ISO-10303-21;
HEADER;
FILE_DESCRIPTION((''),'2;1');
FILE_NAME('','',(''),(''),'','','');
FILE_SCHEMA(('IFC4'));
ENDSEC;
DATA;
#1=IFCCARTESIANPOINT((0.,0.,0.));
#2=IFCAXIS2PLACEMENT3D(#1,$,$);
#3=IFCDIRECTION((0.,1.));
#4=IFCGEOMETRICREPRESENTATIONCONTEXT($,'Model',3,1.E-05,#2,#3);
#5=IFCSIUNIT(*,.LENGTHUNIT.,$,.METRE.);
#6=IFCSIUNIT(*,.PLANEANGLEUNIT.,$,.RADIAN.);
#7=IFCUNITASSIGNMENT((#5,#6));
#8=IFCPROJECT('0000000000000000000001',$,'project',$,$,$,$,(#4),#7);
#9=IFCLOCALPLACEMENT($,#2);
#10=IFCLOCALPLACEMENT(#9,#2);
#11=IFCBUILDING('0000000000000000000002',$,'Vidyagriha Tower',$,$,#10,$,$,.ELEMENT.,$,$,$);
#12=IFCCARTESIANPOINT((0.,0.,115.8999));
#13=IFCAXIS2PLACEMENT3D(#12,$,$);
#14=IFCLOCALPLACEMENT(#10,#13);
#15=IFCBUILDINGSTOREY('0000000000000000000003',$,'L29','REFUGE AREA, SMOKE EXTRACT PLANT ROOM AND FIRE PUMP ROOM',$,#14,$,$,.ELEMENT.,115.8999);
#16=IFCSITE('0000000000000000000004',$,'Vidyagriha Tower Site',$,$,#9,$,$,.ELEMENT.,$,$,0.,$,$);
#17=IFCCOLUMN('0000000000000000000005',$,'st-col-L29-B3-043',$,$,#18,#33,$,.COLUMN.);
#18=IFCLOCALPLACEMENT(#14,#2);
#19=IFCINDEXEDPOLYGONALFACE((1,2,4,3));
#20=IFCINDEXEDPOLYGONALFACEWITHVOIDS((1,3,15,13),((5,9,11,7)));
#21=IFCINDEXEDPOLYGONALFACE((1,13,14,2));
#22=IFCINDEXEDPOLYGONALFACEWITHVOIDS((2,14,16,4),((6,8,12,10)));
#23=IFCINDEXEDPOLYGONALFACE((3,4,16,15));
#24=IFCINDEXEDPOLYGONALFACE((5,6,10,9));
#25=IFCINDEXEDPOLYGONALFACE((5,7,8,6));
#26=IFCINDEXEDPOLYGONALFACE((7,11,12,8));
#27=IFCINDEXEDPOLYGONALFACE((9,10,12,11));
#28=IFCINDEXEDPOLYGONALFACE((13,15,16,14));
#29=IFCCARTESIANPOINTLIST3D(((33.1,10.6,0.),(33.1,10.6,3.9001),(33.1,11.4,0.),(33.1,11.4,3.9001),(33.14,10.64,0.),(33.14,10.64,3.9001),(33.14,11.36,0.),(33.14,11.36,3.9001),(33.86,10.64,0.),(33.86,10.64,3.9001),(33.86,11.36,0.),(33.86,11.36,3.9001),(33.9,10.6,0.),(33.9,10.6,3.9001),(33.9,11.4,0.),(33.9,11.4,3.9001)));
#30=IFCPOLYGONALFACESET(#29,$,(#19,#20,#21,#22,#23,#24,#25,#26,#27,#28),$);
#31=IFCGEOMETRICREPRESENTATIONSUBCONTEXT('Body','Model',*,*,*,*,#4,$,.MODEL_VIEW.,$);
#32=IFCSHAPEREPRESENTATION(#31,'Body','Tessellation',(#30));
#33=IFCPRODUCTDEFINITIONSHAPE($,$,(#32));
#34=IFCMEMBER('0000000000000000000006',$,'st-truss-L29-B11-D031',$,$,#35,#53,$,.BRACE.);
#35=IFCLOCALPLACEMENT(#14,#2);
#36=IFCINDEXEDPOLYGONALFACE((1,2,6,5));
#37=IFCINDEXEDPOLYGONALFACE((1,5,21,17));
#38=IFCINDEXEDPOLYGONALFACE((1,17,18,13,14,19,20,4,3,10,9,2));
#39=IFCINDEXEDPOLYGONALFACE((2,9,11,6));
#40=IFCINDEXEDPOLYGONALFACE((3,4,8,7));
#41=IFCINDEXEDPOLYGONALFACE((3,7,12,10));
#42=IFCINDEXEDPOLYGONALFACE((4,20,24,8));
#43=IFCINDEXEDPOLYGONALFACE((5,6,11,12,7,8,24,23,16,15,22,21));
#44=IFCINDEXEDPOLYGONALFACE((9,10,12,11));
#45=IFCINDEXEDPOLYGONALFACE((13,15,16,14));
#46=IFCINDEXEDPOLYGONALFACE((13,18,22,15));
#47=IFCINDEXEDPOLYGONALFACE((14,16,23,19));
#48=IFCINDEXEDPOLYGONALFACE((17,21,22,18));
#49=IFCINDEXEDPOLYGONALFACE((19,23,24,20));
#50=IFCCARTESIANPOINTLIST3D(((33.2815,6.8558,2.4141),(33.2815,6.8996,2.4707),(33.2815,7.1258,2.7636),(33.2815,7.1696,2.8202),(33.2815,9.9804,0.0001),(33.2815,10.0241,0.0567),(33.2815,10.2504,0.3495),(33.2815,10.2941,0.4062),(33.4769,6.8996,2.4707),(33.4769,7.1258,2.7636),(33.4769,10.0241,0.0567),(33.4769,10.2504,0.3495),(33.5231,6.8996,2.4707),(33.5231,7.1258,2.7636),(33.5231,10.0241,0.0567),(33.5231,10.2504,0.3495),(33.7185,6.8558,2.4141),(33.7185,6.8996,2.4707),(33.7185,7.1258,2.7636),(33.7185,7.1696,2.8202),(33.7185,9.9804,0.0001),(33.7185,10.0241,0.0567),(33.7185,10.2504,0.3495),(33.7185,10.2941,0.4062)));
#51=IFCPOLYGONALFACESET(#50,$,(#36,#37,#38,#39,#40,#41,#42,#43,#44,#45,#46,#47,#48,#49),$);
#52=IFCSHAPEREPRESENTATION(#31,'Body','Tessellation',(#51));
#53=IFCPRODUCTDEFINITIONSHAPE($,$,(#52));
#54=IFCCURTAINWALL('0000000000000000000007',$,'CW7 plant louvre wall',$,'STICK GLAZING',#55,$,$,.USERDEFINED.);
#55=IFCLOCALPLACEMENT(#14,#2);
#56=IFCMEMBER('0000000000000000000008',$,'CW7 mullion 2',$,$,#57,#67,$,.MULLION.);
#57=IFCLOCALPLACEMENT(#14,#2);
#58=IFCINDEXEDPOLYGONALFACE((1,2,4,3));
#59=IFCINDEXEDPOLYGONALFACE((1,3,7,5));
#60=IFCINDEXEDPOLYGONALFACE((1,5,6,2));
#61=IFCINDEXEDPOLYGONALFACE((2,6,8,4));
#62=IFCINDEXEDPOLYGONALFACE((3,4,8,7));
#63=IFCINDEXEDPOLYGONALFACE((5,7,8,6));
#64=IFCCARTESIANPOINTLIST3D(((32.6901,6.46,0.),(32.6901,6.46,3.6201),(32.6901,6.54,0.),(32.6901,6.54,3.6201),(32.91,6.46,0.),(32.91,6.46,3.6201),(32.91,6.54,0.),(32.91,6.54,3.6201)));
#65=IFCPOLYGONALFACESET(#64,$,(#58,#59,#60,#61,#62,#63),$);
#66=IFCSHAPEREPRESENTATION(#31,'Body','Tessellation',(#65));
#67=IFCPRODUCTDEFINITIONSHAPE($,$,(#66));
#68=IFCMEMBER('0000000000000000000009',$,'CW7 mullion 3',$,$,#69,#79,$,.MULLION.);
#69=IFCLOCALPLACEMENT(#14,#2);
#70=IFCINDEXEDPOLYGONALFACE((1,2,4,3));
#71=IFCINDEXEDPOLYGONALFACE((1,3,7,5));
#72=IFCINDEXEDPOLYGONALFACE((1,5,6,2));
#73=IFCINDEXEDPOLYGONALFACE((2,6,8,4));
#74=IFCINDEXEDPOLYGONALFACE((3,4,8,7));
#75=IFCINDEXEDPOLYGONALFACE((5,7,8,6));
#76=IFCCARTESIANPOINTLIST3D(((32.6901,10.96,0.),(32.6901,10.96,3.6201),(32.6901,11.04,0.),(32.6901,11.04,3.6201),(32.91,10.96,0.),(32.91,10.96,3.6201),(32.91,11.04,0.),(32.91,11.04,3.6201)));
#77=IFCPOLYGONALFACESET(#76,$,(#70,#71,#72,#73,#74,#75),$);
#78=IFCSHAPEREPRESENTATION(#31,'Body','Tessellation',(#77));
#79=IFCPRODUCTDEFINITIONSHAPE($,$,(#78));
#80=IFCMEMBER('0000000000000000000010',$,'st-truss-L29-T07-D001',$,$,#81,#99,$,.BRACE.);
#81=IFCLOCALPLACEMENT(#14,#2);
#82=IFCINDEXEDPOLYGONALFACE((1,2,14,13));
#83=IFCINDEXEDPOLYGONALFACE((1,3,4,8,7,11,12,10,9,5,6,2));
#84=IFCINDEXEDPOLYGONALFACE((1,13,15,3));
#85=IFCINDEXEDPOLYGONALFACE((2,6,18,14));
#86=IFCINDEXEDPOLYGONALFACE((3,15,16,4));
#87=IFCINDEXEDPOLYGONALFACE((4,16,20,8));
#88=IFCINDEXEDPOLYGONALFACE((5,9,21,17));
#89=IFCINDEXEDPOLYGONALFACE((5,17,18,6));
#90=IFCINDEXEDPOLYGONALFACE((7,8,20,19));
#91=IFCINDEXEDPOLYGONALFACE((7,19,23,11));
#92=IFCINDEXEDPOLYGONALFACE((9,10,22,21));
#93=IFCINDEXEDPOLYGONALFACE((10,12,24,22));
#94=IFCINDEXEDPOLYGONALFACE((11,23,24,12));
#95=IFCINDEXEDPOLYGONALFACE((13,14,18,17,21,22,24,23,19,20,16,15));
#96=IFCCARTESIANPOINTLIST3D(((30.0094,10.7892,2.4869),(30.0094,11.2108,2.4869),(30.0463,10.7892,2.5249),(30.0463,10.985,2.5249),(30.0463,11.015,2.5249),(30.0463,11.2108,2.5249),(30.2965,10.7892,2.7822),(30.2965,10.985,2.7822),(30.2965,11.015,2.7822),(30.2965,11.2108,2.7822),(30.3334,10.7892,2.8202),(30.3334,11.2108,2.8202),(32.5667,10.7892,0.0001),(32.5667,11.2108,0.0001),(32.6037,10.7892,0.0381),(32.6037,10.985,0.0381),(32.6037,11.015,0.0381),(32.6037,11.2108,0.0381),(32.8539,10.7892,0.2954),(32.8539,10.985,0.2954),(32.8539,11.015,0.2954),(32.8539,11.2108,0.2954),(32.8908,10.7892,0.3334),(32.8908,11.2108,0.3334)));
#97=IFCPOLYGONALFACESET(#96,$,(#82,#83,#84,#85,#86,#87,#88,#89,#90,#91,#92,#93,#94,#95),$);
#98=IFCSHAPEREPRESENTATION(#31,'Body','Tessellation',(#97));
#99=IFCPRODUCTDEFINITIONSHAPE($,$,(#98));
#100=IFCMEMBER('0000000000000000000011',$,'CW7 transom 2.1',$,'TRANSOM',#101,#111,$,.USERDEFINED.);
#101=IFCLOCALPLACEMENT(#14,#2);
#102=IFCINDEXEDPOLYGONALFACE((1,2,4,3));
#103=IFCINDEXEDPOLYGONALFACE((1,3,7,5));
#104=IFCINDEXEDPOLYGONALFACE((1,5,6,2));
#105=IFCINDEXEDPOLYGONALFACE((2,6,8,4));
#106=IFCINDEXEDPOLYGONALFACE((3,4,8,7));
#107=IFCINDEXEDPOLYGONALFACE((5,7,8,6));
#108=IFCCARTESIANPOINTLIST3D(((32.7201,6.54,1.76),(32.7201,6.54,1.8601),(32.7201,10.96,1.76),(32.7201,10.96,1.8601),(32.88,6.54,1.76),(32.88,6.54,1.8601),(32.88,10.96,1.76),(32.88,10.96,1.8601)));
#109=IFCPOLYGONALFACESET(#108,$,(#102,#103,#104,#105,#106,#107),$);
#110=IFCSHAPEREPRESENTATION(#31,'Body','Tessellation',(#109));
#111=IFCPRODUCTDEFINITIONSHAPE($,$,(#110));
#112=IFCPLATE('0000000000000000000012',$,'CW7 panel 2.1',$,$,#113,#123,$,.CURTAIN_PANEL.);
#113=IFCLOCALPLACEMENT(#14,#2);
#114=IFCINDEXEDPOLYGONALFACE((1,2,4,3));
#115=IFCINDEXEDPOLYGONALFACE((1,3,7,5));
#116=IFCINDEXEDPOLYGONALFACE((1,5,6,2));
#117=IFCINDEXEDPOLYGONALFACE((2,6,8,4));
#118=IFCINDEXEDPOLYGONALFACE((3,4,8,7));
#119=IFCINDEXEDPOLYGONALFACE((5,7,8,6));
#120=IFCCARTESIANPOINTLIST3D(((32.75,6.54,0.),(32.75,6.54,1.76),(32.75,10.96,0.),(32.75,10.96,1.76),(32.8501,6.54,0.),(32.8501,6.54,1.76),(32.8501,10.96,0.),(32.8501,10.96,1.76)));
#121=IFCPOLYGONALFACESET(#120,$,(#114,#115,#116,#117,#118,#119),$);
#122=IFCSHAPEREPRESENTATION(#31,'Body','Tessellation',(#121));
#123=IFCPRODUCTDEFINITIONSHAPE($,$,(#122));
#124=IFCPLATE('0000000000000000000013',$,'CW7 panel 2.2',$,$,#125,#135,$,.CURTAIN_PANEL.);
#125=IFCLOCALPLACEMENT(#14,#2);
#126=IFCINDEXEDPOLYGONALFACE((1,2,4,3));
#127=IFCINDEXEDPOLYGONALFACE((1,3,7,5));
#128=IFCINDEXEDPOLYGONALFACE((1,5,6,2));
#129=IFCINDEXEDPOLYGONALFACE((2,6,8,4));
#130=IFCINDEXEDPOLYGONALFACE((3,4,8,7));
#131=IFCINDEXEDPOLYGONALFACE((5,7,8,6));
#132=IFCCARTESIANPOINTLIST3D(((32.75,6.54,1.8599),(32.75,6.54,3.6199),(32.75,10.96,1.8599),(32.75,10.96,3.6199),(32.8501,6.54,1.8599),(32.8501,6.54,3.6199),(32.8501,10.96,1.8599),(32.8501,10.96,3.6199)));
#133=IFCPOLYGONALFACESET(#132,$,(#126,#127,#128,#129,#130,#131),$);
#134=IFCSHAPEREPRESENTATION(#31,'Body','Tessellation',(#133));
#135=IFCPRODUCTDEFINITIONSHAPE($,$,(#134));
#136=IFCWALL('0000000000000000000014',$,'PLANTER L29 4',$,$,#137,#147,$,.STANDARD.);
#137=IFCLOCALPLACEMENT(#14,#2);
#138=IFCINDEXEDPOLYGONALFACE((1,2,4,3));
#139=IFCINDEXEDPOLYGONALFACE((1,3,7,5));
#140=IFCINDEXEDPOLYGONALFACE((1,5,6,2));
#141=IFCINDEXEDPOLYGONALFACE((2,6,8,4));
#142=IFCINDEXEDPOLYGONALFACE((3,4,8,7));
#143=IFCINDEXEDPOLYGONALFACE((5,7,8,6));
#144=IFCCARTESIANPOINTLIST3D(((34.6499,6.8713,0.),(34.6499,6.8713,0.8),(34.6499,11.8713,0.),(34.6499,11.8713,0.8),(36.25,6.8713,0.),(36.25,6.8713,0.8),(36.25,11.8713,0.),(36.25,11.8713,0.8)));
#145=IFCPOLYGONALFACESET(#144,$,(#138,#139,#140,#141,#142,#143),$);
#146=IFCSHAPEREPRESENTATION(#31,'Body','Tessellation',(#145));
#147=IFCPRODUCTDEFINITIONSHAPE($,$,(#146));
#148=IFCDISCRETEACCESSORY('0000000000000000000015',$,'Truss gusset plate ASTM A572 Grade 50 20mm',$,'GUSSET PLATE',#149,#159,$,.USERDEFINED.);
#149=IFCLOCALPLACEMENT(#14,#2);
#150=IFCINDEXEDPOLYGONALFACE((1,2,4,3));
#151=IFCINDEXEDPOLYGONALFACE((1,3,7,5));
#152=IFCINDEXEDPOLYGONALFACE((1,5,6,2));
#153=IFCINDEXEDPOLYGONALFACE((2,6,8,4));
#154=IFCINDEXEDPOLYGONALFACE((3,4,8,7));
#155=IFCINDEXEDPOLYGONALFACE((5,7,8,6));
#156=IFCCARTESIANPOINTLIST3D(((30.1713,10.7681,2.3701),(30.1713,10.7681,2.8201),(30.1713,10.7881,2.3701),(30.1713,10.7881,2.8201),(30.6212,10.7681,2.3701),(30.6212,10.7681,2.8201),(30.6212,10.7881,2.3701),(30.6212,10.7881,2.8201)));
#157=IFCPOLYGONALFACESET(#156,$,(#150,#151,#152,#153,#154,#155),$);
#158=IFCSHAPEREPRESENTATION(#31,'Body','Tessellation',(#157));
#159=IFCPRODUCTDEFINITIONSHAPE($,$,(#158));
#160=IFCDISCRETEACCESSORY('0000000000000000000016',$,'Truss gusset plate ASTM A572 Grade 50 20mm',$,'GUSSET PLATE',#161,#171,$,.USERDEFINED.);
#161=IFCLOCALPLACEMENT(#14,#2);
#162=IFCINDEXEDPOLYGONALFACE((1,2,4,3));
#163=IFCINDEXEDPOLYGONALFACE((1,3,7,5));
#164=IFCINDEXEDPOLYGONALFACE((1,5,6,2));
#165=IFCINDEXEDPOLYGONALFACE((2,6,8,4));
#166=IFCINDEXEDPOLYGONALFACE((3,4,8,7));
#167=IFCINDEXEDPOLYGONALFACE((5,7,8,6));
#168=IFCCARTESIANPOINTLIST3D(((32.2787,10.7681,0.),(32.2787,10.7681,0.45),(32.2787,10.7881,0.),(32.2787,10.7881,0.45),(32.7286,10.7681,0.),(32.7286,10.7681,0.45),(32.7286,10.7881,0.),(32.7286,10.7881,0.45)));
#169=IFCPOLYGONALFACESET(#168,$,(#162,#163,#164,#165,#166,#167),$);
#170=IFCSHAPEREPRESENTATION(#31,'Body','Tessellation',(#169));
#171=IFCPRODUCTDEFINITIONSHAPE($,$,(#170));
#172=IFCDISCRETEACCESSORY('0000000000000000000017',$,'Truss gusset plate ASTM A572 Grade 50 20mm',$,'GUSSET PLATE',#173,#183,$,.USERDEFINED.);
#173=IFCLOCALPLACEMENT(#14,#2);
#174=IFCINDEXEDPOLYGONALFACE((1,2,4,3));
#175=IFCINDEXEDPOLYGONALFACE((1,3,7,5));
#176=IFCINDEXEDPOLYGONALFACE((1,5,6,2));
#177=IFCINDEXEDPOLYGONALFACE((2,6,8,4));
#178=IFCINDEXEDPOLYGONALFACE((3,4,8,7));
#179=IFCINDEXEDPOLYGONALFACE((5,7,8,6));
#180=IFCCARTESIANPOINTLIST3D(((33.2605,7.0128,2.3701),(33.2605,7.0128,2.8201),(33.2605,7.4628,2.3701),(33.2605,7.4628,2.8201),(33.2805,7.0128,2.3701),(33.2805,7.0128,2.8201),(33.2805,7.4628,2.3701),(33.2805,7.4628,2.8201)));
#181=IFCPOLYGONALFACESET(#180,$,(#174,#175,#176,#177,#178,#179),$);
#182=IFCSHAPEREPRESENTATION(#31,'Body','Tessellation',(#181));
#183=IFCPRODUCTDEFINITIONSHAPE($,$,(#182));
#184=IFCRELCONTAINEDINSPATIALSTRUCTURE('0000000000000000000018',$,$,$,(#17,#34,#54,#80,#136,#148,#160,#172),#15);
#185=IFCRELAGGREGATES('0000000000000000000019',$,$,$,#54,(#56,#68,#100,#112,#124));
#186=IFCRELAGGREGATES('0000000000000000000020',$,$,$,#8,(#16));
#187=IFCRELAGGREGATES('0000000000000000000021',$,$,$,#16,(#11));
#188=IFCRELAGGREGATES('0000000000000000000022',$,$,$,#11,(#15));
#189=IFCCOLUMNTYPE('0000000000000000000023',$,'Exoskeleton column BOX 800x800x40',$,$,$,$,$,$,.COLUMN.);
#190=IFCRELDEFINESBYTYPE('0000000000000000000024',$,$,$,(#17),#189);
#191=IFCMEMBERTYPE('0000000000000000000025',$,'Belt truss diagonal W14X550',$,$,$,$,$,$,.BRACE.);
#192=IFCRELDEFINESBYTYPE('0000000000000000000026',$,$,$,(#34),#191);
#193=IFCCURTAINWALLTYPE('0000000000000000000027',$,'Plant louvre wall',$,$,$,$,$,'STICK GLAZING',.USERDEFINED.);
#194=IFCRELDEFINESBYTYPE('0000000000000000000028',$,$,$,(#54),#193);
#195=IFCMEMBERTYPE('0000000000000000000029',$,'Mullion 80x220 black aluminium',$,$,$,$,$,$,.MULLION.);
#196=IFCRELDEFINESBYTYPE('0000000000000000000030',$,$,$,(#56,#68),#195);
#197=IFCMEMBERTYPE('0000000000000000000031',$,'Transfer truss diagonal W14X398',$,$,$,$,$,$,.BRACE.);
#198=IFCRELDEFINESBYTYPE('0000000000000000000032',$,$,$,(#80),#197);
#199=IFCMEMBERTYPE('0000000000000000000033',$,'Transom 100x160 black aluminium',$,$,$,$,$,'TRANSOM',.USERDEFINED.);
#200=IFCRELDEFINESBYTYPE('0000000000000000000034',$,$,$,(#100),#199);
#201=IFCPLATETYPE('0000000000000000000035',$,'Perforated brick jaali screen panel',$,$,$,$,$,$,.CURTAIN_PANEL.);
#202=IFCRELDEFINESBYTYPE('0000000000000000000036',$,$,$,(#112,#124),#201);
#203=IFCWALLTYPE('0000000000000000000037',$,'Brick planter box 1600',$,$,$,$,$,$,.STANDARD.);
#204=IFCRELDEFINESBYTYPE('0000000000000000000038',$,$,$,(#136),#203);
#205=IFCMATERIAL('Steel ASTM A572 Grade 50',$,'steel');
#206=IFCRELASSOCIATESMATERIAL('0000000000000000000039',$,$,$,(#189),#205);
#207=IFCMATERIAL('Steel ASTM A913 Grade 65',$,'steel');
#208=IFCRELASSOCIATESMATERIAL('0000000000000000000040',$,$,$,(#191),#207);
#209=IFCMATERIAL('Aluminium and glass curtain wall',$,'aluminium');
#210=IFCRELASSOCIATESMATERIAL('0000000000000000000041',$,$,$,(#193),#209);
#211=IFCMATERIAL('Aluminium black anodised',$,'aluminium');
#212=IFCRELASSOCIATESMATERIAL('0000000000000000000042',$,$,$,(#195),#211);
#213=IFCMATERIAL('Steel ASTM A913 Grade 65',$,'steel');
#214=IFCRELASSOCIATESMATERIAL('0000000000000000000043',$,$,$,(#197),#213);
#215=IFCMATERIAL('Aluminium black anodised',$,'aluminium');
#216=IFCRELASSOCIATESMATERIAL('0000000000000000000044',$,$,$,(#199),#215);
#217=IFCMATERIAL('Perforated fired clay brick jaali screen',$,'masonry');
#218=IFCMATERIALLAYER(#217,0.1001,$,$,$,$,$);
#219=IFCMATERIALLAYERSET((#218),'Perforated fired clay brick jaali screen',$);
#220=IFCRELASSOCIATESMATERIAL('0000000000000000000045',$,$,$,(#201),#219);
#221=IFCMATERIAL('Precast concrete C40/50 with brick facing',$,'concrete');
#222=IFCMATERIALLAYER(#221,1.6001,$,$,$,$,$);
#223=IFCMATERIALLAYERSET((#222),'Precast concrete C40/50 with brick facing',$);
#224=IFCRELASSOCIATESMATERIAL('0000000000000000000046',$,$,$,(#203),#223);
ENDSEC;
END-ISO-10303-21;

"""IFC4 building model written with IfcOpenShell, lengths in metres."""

from ifc_helpers import new_model, si_unit, direction, frame, frame_2d, origin, origin_2d, place, context, subcontext, project, spatial, rectangle, hollow_rectangle, i_section, extrude, material, layer, layer_set, material_profile, profile_set, type_object, element, aggregate, save


model = new_model("IFC4")

# Units and contexts
model_context = context("Model", 3, precision=1e-05, world=origin(), true_north=direction((0.0, 1.0)))
body_context = subcontext(model_context, "Body", "Model", "MODEL_VIEW")
ifc_project = project(units=[si_unit("LENGTHUNIT", "METRE"), si_unit("PLANEANGLEUNIT", "RADIAN")], contexts=[model_context])

# Site, building, storey
site_placement = place(None, origin())
site = spatial("IfcSite", under=ifc_project, at=site_placement, Name="Vidyagriha Tower Site", CompositionType="ELEMENT", RefElevation=0.0)
building_placement = place(site_placement, origin())
building = spatial("IfcBuilding", under=site, at=building_placement, Name="Vidyagriha Tower", CompositionType="ELEMENT")
storey_placement = place(building_placement, frame((0.0, 0.0, 115.8999)))
storey = spatial("IfcBuildingStorey", under=building, at=storey_placement, Name="L29", Description="REFUGE AREA, SMOKE EXTRACT PLANT ROOM AND FIRE PUMP ROOM", CompositionType="ELEMENT", Elevation=115.8999)

# Column
ifc_material_1 = material(Name="Steel ASTM A572 Grade 50", Category="steel")
ifc_material_profile_1 = material_profile(ifc_material_1, hollow_rectangle(XDim=0.8, YDim=0.8, WallThickness=0.04, at=origin_2d()), Name="BOX 800x800x40")
ifc_profile_set_1 = profile_set([ifc_material_profile_1], Name="Steel ASTM A572 Grade 50")
column_type = type_object("IfcColumnType", Name="Exoskeleton column BOX 800x800x40", PredefinedType="COLUMN", material=ifc_profile_set_1)
column_placement = place(storey_placement, frame((33.5, 11.0, 0.0)))
element("IfcColumn", 1, at=column_placement, inside=storey, type_object=column_type, Name="st-col-L29-B3-043", PredefinedType="COLUMN", context=body_context, shape_type="SweptSolid", body=[
    extrude(hollow_rectangle(XDim=0.8, YDim=0.8, WallThickness=0.04, at=origin_2d()), origin(), (0.0, 0.0, 1.0), 3.9001),
])

# Member
ifc_material_2 = material(Name="Steel ASTM A913 Grade 65", Category="steel")
ifc_material_profile_2 = material_profile(ifc_material_2, i_section(OverallWidth=0.437, OverallDepth=0.5132, WebThickness=0.0461, FlangeThickness=0.0715, at=origin_2d()), Name="W14X550")
ifc_profile_set_2 = profile_set([ifc_material_profile_2], Name="Steel ASTM A913 Grade 65")
member_type_1 = type_object("IfcMemberType", Name="Belt truss diagonal W14X550", PredefinedType="BRACE", material=ifc_profile_set_2)
member_1_placement = place(storey_placement, frame((33.5, 7.0127, 2.6172), z_axis=(0.0, 0.791326, -0.611395), x_axis=(-1.0, 0.0, 0.0)))
element("IfcMember", 2, at=member_1_placement, inside=storey, type_object=member_type_1, Name="st-truss-L29-B11-D031", PredefinedType="BRACE", context=body_context, shape_type="SweptSolid", body=[
    extrude(i_section(OverallWidth=0.437, OverallDepth=0.5132, WebThickness=0.0461, FlangeThickness=0.0715, at=origin_2d()), origin(), (0.0, 0.0, 1.0), 3.9485),
])

# Curtain wall, members
ifc_material_3 = material(Name="Aluminium and glass curtain wall", Category="aluminium")
curtain_wall_type = type_object("IfcCurtainWallType", Name="Plant louvre wall", ElementType="STICK GLAZING", PredefinedType="USERDEFINED", material=ifc_material_3)
curtain_wall_placement = place(storey_placement, origin())
curtain_wall = element("IfcCurtainWall", 3, at=curtain_wall_placement, inside=storey, type_object=curtain_wall_type, Name="CW7 plant louvre wall", ObjectType="STICK GLAZING", PredefinedType="USERDEFINED")
ifc_material_4 = material(Name="Aluminium black anodised", Category="aluminium")
ifc_material_profile_3 = material_profile(ifc_material_4, rectangle(XDim=0.22, YDim=0.0801, at=origin_2d()), Name="Mullion 80x220 black aluminium")
ifc_profile_set_3 = profile_set([ifc_material_profile_3], Name="Aluminium black anodised")
member_type_2 = type_object("IfcMemberType", Name="Mullion 80x220 black aluminium", PredefinedType="MULLION", material=ifc_profile_set_3)
member_2_placement = place(storey_placement, frame((32.8, 6.5, 0.0), z_axis=(0.0, 0.0, 1.0), x_axis=(-1.0, 0.0, 0.0)))
member_2 = element("IfcMember", 4, at=member_2_placement, type_object=member_type_2, Name="CW7 mullion 2", PredefinedType="MULLION", context=body_context, shape_type="SweptSolid", body=[
    extrude(rectangle(XDim=0.22, YDim=0.0801, at=origin_2d()), origin(), (0.0, 0.0, 1.0), 3.6201),
])
member_3_placement = place(storey_placement, frame((32.8, 11.0, 0.0), z_axis=(0.0, 0.0, 1.0), x_axis=(-1.0, 0.0, 0.0)))
member_3 = element("IfcMember", 5, at=member_3_placement, type_object=member_type_2, Name="CW7 mullion 3", PredefinedType="MULLION", context=body_context, shape_type="SweptSolid", body=[
    extrude(rectangle(XDim=0.22, YDim=0.0801, at=origin_2d()), origin(), (0.0, 0.0, 1.0), 3.6201),
])

# Members
ifc_material_5 = material(Name="Steel ASTM A913 Grade 65", Category="steel")
ifc_material_profile_4 = material_profile(ifc_material_5, i_section(OverallWidth=0.4216, OverallDepth=0.4648, WebThickness=0.03, FlangeThickness=0.053, at=origin_2d()), Name="W14X398")
ifc_profile_set_4 = profile_set([ifc_material_profile_4], Name="Steel ASTM A913 Grade 65")
member_type_3 = type_object("IfcMemberType", Name="Transfer truss diagonal W14X398", PredefinedType="BRACE", material=ifc_profile_set_4)
member_4_placement = place(storey_placement, frame((30.1714, 11.0, 2.6536), z_axis=(0.716927, 0.0, -0.697148), x_axis=(0.0, 1.0, 0.0)))
element("IfcMember", 6, at=member_4_placement, inside=storey, type_object=member_type_3, Name="st-truss-L29-T07-D001", PredefinedType="BRACE", context=body_context, shape_type="SweptSolid", body=[
    extrude(i_section(OverallWidth=0.4216, OverallDepth=0.4648, WebThickness=0.03, FlangeThickness=0.053, at=origin_2d()), origin(), (0.0, 0.0, 1.0), 3.5671),
])
ifc_material_6 = material(Name="Aluminium black anodised", Category="aluminium")
ifc_material_profile_5 = material_profile(ifc_material_6, rectangle(XDim=0.1599, YDim=0.1001, at=origin_2d()), Name="Transom 100x160 black aluminium")
ifc_profile_set_5 = profile_set([ifc_material_profile_5], Name="Aluminium black anodised")
member_type_4 = type_object("IfcMemberType", Name="Transom 100x160 black aluminium", ElementType="TRANSOM", PredefinedType="USERDEFINED", material=ifc_profile_set_5)
member_5_placement = place(storey_placement, frame((32.8, 6.54, 1.8101), z_axis=(0.0, 1.0, 0.0), x_axis=(-1.0, 0.0, 0.0)))
member_5 = element("IfcMember", 7, at=member_5_placement, type_object=member_type_4, Name="CW7 transom 2.1", ObjectType="TRANSOM", PredefinedType="USERDEFINED", context=body_context, shape_type="SweptSolid", body=[
    extrude(rectangle(XDim=0.1599, YDim=0.1001, at=origin_2d()), origin(), (0.0, 0.0, 1.0), 4.4199),
])

# Plates
ifc_material_7 = material(Name="Perforated fired clay brick jaali screen", Category="masonry")
ifc_layer_1 = layer(ifc_material_7, 0.1001)
ifc_layer_set_1 = layer_set([ifc_layer_1], Name="Perforated fired clay brick jaali screen")
plate_type = type_object("IfcPlateType", Name="Perforated brick jaali screen panel", PredefinedType="CURTAIN_PANEL", material=ifc_layer_set_1)
plate_1_placement = place(storey_placement, frame((32.8, 8.75, 0.0), z_axis=(0.0, 0.0, 1.0), x_axis=(0.0, 1.0, 0.0)))
plate_1 = element("IfcPlate", 8, at=plate_1_placement, type_object=plate_type, Name="CW7 panel 2.1", PredefinedType="CURTAIN_PANEL", context=body_context, shape_type="SweptSolid", body=[
    extrude(rectangle(XDim=4.4199, YDim=0.1001, at=origin_2d()), origin(), (0.0, 0.0, 1.0), 1.76),
])
plate_2_placement = place(storey_placement, frame((32.8, 8.75, 1.8599), z_axis=(0.0, 0.0, 1.0), x_axis=(0.0, 1.0, 0.0)))
plate_2 = element("IfcPlate", 9, at=plate_2_placement, type_object=plate_type, Name="CW7 panel 2.2", PredefinedType="CURTAIN_PANEL", context=body_context, shape_type="SweptSolid", body=[
    extrude(rectangle(XDim=4.4199, YDim=0.1001, at=origin_2d()), origin(), (0.0, 0.0, 1.0), 1.76),
])
aggregate(curtain_wall, [member_2, member_3, member_5, plate_1, plate_2])

# Wall
ifc_material_8 = material(Name="Precast concrete C40/50 with brick facing", Category="concrete")
ifc_layer_2 = layer(ifc_material_8, 1.6001)
ifc_layer_set_2 = layer_set([ifc_layer_2], Name="Precast concrete C40/50 with brick facing")
wall_type = type_object("IfcWallType", Name="Brick planter box 1600", PredefinedType="STANDARD", material=ifc_layer_set_2)
wall_placement = place(storey_placement, frame((35.45, 6.8713, 0.0), z_axis=(0.0, 0.0, 1.0), x_axis=(0.0, 1.0, 0.0)))
element("IfcWall", 10, at=wall_placement, inside=storey, type_object=wall_type, Name="PLANTER L29 4", PredefinedType="STANDARD", context=body_context, shape_type="SweptSolid", body=[
    extrude(rectangle(XDim=5.0, YDim=1.6001, at=frame_2d((2.5, 0.0))), origin(), (0.0, 0.0, 1.0), 0.8),
])

# Discrete accessories
for number, where, name in (
    (11, (30.3962, 10.7781, 2.3701), "Truss gusset plate ASTM A572 Grade 50 20mm"),
    (12, (32.5037, 10.7781, 0.0), "Truss gusset plate ASTM A572 Grade 50 20mm"),
):
    element("IfcDiscreteAccessory", number, at=place(storey_placement, frame(where)), inside=storey, Name=name, ObjectType="GUSSET PLATE", PredefinedType="USERDEFINED", context=body_context, shape_type="SweptSolid", body=[
        extrude(rectangle(XDim=0.45, YDim=0.02, at=origin_2d()), origin(), (0.0, 0.0, 1.0), 0.45),
    ])
for number, where, z_axis, x_axis, name in (
    (13, (33.2705, 7.2378, 2.3701), (0.0, 0.0, 1.0), (0.0, 1.0, 0.0), "Truss gusset plate ASTM A572 Grade 50 20mm"),
):
    element("IfcDiscreteAccessory", number, at=place(storey_placement, frame(where, z_axis=z_axis, x_axis=x_axis)), inside=storey, Name=name, ObjectType="GUSSET PLATE", PredefinedType="USERDEFINED", context=body_context, shape_type="SweptSolid", body=[
        extrude(rectangle(XDim=0.45, YDim=0.02, at=origin_2d()), origin(), (0.0, 0.0, 1.0), 0.45),
    ])

save(model, "model.ifc")
